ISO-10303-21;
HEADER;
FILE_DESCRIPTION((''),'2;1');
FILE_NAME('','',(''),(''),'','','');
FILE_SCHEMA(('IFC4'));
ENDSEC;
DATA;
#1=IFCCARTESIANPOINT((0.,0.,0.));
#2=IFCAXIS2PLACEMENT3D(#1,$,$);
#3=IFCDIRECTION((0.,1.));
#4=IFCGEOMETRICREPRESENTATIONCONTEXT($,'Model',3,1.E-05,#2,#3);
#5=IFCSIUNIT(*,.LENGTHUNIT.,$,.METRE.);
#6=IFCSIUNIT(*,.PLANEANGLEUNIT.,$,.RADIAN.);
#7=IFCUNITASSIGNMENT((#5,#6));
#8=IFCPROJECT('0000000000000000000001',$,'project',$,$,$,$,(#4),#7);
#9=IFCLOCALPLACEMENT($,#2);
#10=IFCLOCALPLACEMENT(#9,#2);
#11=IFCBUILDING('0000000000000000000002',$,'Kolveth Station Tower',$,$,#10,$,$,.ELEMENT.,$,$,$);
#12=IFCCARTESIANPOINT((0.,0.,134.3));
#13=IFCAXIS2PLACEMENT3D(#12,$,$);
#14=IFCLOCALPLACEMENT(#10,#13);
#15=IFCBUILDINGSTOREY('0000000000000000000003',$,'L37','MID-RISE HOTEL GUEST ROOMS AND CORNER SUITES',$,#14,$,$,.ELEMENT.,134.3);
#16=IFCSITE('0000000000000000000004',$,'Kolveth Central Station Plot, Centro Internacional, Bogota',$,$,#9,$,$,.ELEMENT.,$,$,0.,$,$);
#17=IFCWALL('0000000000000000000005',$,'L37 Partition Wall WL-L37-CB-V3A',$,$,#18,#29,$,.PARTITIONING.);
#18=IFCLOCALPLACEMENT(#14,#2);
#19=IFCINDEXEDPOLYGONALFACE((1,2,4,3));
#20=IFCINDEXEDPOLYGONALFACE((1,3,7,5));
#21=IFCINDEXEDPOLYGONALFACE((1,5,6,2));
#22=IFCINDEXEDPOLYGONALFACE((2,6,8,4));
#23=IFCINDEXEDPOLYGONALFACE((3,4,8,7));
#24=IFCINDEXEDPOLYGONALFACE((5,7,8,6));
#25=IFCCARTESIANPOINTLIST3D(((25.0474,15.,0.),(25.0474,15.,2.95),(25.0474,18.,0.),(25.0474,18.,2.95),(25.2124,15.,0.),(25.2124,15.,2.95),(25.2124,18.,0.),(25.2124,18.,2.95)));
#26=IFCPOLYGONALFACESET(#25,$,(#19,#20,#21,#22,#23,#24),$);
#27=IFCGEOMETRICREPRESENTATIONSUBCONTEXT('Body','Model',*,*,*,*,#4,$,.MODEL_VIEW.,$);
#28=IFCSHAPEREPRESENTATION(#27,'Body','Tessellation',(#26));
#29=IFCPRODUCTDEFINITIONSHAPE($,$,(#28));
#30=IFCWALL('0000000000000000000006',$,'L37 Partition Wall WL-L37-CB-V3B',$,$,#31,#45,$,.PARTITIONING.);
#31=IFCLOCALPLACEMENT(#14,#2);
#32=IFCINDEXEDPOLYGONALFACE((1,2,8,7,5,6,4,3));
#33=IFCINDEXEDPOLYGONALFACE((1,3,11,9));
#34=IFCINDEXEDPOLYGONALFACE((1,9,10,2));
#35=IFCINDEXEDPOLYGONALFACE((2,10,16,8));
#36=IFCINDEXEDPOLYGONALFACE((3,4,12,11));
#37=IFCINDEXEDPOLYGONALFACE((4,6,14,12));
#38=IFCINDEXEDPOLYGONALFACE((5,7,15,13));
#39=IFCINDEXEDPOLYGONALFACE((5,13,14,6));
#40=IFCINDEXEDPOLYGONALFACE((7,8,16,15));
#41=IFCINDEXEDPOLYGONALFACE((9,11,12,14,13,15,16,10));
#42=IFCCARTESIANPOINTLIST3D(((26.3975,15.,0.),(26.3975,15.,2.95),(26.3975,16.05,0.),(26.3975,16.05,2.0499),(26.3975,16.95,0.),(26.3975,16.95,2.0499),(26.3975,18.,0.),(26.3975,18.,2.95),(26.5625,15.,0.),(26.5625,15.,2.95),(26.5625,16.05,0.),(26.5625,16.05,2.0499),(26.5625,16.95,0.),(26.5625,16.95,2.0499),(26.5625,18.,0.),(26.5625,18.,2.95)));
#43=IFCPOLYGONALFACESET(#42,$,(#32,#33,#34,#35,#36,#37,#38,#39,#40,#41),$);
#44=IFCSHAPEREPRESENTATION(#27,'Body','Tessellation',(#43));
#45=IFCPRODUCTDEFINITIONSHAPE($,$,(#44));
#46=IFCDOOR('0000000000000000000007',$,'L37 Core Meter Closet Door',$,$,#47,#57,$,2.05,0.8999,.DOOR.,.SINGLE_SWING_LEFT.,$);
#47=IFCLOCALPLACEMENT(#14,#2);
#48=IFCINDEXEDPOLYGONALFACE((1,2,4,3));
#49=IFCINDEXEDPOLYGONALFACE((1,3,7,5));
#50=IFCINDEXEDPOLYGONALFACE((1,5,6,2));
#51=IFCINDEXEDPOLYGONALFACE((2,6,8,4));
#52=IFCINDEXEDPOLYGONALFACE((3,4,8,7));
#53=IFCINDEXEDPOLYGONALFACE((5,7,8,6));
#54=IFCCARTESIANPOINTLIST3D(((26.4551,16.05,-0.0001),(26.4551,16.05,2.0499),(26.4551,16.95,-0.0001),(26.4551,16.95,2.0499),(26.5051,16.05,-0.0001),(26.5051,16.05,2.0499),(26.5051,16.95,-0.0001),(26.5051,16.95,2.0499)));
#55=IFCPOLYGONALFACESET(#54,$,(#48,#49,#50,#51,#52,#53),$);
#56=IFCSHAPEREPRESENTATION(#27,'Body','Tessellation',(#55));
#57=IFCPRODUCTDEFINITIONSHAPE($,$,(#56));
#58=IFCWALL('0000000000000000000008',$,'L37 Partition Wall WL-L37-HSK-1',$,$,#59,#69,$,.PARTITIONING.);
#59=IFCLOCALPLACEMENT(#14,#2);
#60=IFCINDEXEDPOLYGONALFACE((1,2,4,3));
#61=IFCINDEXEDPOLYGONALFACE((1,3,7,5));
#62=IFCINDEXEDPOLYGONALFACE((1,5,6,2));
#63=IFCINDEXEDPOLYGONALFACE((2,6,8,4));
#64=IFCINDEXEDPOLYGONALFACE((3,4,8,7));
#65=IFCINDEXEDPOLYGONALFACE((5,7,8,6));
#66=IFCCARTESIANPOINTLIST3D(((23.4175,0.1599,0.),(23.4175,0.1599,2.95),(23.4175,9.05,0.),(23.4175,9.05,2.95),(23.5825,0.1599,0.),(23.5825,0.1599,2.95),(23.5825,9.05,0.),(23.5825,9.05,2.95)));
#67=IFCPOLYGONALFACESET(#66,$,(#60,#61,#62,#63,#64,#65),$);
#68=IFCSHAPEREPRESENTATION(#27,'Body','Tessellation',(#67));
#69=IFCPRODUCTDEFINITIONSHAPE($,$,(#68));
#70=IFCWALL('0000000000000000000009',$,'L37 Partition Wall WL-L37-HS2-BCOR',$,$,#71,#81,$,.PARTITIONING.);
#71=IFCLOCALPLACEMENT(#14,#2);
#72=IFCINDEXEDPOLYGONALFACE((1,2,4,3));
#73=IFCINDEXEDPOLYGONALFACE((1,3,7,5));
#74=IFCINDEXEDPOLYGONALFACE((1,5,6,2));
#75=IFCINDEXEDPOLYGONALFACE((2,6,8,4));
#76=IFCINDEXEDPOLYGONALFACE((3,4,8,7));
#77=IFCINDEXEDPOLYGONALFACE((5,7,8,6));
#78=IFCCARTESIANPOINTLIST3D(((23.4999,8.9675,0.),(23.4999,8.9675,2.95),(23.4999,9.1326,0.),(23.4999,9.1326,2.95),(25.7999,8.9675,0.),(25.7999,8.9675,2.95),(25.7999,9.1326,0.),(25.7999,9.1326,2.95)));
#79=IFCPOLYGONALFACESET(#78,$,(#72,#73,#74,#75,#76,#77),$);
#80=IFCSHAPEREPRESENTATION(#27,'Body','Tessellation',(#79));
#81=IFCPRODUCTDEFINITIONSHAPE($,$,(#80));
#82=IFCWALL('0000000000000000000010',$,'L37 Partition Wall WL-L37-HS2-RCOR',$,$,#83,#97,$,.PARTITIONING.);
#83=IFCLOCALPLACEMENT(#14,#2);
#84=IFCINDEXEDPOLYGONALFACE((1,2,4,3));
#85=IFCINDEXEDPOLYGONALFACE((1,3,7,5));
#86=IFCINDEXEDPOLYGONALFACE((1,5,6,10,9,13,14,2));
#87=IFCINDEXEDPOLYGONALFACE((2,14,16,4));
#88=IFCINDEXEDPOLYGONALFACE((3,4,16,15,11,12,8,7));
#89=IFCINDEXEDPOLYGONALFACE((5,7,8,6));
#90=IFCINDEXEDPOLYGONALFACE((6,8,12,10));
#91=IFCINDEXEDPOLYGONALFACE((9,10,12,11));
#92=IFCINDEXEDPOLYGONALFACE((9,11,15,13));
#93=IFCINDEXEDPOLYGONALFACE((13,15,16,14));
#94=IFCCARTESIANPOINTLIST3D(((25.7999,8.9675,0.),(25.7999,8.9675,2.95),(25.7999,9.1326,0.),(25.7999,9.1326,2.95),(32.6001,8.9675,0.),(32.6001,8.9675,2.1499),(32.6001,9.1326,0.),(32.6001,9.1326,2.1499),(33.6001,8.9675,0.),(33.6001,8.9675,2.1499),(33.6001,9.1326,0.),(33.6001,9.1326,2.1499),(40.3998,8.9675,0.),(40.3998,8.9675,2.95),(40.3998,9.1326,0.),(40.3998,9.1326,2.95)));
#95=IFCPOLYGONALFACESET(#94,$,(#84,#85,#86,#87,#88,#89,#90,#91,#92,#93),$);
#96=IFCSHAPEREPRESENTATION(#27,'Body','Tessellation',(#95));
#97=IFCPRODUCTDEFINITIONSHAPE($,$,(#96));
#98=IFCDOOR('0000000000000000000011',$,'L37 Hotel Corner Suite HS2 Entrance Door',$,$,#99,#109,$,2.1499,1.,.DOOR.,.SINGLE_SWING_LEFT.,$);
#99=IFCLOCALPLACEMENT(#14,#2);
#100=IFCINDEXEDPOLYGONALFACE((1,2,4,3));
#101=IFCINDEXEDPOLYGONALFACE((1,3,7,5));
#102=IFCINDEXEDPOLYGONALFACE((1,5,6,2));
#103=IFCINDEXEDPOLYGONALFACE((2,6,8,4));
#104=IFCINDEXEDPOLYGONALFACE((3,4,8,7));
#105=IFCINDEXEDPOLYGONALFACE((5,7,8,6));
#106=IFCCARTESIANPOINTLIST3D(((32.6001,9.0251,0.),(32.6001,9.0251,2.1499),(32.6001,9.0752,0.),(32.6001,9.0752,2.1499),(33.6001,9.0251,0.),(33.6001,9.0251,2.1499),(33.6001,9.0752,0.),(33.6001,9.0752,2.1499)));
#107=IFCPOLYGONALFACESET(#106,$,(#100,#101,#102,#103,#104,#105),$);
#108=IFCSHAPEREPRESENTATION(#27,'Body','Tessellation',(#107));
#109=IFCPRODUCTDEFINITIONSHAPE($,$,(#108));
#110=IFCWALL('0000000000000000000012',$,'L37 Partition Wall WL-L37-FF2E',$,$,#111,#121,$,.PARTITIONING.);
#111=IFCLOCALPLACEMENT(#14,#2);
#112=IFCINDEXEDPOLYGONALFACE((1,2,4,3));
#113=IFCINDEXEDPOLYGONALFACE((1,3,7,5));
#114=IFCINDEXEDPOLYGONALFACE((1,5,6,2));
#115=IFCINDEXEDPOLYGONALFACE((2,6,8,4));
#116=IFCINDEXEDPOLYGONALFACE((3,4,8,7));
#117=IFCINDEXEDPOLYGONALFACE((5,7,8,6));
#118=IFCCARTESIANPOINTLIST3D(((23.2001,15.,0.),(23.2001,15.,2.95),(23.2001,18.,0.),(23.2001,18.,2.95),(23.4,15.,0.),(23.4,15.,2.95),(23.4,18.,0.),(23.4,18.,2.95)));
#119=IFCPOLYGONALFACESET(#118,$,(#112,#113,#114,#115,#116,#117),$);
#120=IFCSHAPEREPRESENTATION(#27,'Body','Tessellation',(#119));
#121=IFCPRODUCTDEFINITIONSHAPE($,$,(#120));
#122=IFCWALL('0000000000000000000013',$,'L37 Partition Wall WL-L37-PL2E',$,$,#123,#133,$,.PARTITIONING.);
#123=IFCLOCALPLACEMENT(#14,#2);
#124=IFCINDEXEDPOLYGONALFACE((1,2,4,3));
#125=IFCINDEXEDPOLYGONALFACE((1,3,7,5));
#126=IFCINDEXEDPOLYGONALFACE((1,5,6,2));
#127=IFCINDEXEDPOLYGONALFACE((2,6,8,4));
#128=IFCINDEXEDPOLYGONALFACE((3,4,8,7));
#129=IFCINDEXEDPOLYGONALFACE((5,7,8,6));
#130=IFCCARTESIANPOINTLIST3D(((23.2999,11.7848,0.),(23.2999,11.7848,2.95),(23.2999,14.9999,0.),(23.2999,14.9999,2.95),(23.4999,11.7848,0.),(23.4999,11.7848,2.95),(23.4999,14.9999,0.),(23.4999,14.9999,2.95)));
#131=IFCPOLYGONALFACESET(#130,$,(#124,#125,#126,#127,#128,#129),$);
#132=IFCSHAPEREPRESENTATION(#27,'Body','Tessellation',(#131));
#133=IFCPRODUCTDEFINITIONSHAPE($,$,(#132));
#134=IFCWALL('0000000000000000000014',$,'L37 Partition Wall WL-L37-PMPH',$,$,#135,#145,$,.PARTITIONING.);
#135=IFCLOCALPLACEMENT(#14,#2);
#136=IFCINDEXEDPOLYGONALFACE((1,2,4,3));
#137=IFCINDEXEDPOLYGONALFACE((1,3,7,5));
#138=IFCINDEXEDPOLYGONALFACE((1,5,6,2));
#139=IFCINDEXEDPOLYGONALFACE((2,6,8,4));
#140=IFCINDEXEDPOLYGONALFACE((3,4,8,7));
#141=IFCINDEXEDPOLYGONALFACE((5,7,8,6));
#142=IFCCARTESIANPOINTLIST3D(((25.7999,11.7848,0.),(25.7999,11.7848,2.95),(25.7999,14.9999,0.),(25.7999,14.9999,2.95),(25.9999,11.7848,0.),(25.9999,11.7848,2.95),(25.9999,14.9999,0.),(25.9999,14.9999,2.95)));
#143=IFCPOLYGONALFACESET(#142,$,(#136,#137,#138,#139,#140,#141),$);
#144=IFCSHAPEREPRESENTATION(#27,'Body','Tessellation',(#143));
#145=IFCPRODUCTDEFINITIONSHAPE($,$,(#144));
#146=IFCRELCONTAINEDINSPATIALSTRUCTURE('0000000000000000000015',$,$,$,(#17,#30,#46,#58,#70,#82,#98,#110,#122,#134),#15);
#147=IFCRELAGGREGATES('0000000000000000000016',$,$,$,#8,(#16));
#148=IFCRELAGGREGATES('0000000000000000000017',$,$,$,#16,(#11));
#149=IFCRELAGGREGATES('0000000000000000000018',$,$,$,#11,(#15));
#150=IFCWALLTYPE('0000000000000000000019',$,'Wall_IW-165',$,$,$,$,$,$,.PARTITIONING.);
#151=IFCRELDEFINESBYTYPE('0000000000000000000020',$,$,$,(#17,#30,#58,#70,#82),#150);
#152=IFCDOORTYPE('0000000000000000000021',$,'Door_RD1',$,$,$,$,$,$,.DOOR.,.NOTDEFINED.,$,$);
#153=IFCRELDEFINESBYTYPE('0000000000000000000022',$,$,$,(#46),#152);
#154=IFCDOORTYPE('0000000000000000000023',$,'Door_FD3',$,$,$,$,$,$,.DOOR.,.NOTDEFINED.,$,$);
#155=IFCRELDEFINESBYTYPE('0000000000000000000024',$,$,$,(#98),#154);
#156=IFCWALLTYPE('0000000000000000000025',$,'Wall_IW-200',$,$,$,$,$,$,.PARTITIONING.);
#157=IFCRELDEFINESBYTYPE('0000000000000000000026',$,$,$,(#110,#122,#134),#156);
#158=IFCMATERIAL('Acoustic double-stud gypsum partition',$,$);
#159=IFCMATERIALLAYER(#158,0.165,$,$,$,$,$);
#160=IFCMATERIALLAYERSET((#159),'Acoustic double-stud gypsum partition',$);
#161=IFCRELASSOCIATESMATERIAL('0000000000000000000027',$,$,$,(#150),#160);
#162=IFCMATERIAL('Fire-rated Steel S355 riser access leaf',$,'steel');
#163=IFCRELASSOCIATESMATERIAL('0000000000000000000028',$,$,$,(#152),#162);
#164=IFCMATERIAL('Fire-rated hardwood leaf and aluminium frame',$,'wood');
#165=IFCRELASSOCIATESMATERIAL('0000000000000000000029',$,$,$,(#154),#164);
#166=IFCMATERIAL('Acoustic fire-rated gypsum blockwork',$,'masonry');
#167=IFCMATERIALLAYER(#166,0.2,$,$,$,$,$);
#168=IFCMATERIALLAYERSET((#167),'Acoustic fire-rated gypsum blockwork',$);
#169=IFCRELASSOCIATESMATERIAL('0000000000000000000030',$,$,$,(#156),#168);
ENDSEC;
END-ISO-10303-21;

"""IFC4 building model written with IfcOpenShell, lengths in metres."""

from ifc_helpers import new_model, si_unit, direction, frame, frame_2d, origin, place, context, subcontext, project, spatial, rectangle, extrude, material, layer, layer_set, type_object, element, fill, save


model = new_model("IFC4")

# Units and contexts
model_context = context("Model", 3, precision=1e-05, world=origin(), true_north=direction((0.0, 1.0)))
body_context = subcontext(model_context, "Body", "Model", "MODEL_VIEW")
ifc_project = project(units=[si_unit("LENGTHUNIT", "METRE"), si_unit("PLANEANGLEUNIT", "RADIAN")], contexts=[model_context])

# Site, building, storey
site_placement = place(None, origin())
site = spatial("IfcSite", under=ifc_project, at=site_placement, Name="Kolveth Central Station Plot, Centro Internacional, Bogota", CompositionType="ELEMENT", RefElevation=0.0)
building_placement = place(site_placement, origin())
building = spatial("IfcBuilding", under=site, at=building_placement, Name="Kolveth Station Tower", CompositionType="ELEMENT")
storey_placement = place(building_placement, frame((0.0, 0.0, 134.3)))
storey = spatial("IfcBuildingStorey", under=building, at=storey_placement, Name="L37", Description="MID-RISE HOTEL GUEST ROOMS AND CORNER SUITES", CompositionType="ELEMENT", Elevation=134.3)

# Wall
ifc_material_1 = material(Name="Acoustic double-stud gypsum partition")
ifc_layer_1 = layer(ifc_material_1, 0.165)
ifc_layer_set_1 = layer_set([ifc_layer_1], Name="Acoustic double-stud gypsum partition")
wall_type_1 = type_object("IfcWallType", Name="Wall_IW-165", PredefinedType="PARTITIONING", material=ifc_layer_set_1)
wall_1_placement = place(storey_placement, frame((25.1299, 15.0, 0.0), z_axis=(0.0, 0.0, 1.0), x_axis=(0.0, 1.0, 0.0)))
element("IfcWall", 1, at=wall_1_placement, inside=storey, type_object=wall_type_1, Name="L37 Partition Wall WL-L37-CB-V3A", PredefinedType="PARTITIONING", context=body_context, shape_type="SweptSolid", body=[
    extrude(rectangle(XDim=3.0, YDim=0.165, at=frame_2d((1.5, 0.0))), origin(), (0.0, 0.0, 1.0), 2.95),
])

# Wall, opening, door
wall_2_placement = place(storey_placement, frame((26.48, 15.0, 0.0), z_axis=(0.0, 0.0, 1.0), x_axis=(0.0, 1.0, 0.0)))
wall_2 = element("IfcWall", 2, at=wall_2_placement, inside=storey, type_object=wall_type_1, Name="L37 Partition Wall WL-L37-CB-V3B", PredefinedType="PARTITIONING", context=body_context, shape_type="SweptSolid", body=[
    extrude(rectangle(XDim=3.0, YDim=0.165, at=frame_2d((1.5, 0.0))), origin(), (0.0, 0.0, 1.0), 2.95),
])
opening_1_placement = place(wall_2_placement, frame((1.05, 0.0, 0.0)))
opening_1 = element("IfcOpeningElement", 3, at=opening_1_placement, cuts=wall_2, PredefinedType="OPENING", context=body_context, shape_type="SweptSolid", body=[
    extrude(rectangle(XDim=0.8999, YDim=2.05, at=frame_2d((0.45, 1.0249))), frame((0.0, 0.0925, 0.0), z_axis=(0.0, -1.0, 0.0), x_axis=(1.0, 0.0, 0.0)), (0.0, 0.0, 1.0), 0.1851),
])
ifc_material_2 = material(Name="Fire-rated Steel S355 riser access leaf", Category="steel")
door_type_1 = type_object("IfcDoorType", Name="Door_RD1", OperationType="NOTDEFINED", PredefinedType="DOOR", material=ifc_material_2)
door_1_placement = place(opening_1_placement, origin())
door_1 = element("IfcDoor", 4, at=door_1_placement, inside=storey, type_object=door_type_1, Name="L37 Core Meter Closet Door", OperationType="SINGLE_SWING_LEFT", OverallHeight=2.05, OverallWidth=0.8999, PredefinedType="DOOR", context=body_context, shape_type="SweptSolid", body=[
    extrude(rectangle(XDim=0.8999, YDim=2.05, at=frame_2d((0.45, 1.0249))), frame((0.0, 0.0249, 0.0), z_axis=(0.0, -1.0, 0.0), x_axis=(1.0, 0.0, 0.0)), (0.0, 0.0, 1.0), 0.05),
])
fill(opening_1, door_1)

# Walls
wall_3_placement = place(storey_placement, frame((23.5, 0.1599, 0.0), z_axis=(0.0, 0.0, 1.0), x_axis=(0.0, 1.0, 0.0)))
element("IfcWall", 5, at=wall_3_placement, inside=storey, type_object=wall_type_1, Name="L37 Partition Wall WL-L37-HSK-1", PredefinedType="PARTITIONING", context=body_context, shape_type="SweptSolid", body=[
    extrude(rectangle(XDim=8.8901, YDim=0.165, at=frame_2d((4.4451, 0.0))), origin(), (0.0, 0.0, 1.0), 2.95),
])
wall_4_placement = place(storey_placement, frame((23.5, 9.05, 0.0), z_axis=(0.0, 0.0, 1.0), x_axis=(1.0, 0.0, 0.0)))
element("IfcWall", 6, at=wall_4_placement, inside=storey, type_object=wall_type_1, Name="L37 Partition Wall WL-L37-HS2-BCOR", PredefinedType="PARTITIONING", context=body_context, shape_type="SweptSolid", body=[
    extrude(rectangle(XDim=2.3, YDim=0.165, at=frame_2d((1.1499, 0.0))), origin(), (0.0, 0.0, 1.0), 2.95),
])

# Wall, opening, door
wall_5_placement = place(storey_placement, frame((25.8, 9.05, 0.0), z_axis=(0.0, 0.0, 1.0), x_axis=(1.0, 0.0, 0.0)))
wall_5 = element("IfcWall", 7, at=wall_5_placement, inside=storey, type_object=wall_type_1, Name="L37 Partition Wall WL-L37-HS2-RCOR", PredefinedType="PARTITIONING", context=body_context, shape_type="SweptSolid", body=[
    extrude(rectangle(XDim=14.5999, YDim=0.165, at=frame_2d((7.2998, 0.0))), origin(), (0.0, 0.0, 1.0), 2.95),
])
opening_2_placement = place(wall_5_placement, frame((6.8, 0.0, 0.0)))
opening_2 = element("IfcOpeningElement", 8, at=opening_2_placement, cuts=wall_5, PredefinedType="OPENING", context=body_context, shape_type="SweptSolid", body=[
    extrude(rectangle(XDim=1.0, YDim=2.1499, at=frame_2d((0.5, 1.075))), frame((0.0, 0.0925, 0.0), z_axis=(0.0, -1.0, 0.0), x_axis=(1.0, 0.0, 0.0)), (0.0, 0.0, 1.0), 0.1851),
])
ifc_material_3 = material(Name="Fire-rated hardwood leaf and aluminium frame", Category="wood")
door_type_2 = type_object("IfcDoorType", Name="Door_FD3", OperationType="NOTDEFINED", PredefinedType="DOOR", material=ifc_material_3)
door_2_placement = place(opening_2_placement, frame((1.0, 0.0, 0.0), z_axis=(0.0, 0.0, 1.0), x_axis=(-1.0, 0.0, 0.0)))
door_2 = element("IfcDoor", 9, at=door_2_placement, inside=storey, type_object=door_type_2, Name="L37 Hotel Corner Suite HS2 Entrance Door", OperationType="SINGLE_SWING_LEFT", OverallHeight=2.1499, OverallWidth=1.0, PredefinedType="DOOR", context=body_context, shape_type="SweptSolid", body=[
    extrude(rectangle(XDim=1.0, YDim=2.1499, at=frame_2d((0.5, 1.075))), frame((0.0, 0.0249, 0.0), z_axis=(0.0, -1.0, 0.0), x_axis=(1.0, 0.0, 0.0)), (0.0, 0.0, 1.0), 0.05),
])
fill(opening_2, door_2)

# Walls
ifc_material_4 = material(Name="Acoustic fire-rated gypsum blockwork", Category="masonry")
ifc_layer_2 = layer(ifc_material_4, 0.2)
ifc_layer_set_2 = layer_set([ifc_layer_2], Name="Acoustic fire-rated gypsum blockwork")
wall_type_2 = type_object("IfcWallType", Name="Wall_IW-200", PredefinedType="PARTITIONING", material=ifc_layer_set_2)
wall_6_placement = place(storey_placement, frame((23.3, 15.0, 0.0), z_axis=(0.0, 0.0, 1.0), x_axis=(0.0, 1.0, 0.0)))
element("IfcWall", 10, at=wall_6_placement, inside=storey, type_object=wall_type_2, Name="L37 Partition Wall WL-L37-FF2E", PredefinedType="PARTITIONING", context=body_context, shape_type="SweptSolid", body=[
    extrude(rectangle(XDim=3.0, YDim=0.2, at=frame_2d((1.5, 0.0))), origin(), (0.0, 0.0, 1.0), 2.95),
])
for number, where, z_axis, x_axis, name in (
    (11, (23.3999, 11.7849, 0.0), (0.0, 0.0, 1.0), (0.0, 1.0, 0.0), "L37 Partition Wall WL-L37-PL2E"),
    (12, (25.8999, 11.7849, 0.0), (0.0, 0.0, 1.0), (0.0, 1.0, 0.0), "L37 Partition Wall WL-L37-PMPH"),
):
    element("IfcWall", number, at=place(storey_placement, frame(where, z_axis=z_axis, x_axis=x_axis)), inside=storey, type_object=wall_type_2, Name=name, PredefinedType="PARTITIONING", context=body_context, shape_type="SweptSolid", body=[
        extrude(rectangle(XDim=3.2151, YDim=0.2, at=frame_2d((1.6074, 0.0))), origin(), (0.0, 0.0, 1.0), 2.95),
    ])

save(model, "model.ifc")
